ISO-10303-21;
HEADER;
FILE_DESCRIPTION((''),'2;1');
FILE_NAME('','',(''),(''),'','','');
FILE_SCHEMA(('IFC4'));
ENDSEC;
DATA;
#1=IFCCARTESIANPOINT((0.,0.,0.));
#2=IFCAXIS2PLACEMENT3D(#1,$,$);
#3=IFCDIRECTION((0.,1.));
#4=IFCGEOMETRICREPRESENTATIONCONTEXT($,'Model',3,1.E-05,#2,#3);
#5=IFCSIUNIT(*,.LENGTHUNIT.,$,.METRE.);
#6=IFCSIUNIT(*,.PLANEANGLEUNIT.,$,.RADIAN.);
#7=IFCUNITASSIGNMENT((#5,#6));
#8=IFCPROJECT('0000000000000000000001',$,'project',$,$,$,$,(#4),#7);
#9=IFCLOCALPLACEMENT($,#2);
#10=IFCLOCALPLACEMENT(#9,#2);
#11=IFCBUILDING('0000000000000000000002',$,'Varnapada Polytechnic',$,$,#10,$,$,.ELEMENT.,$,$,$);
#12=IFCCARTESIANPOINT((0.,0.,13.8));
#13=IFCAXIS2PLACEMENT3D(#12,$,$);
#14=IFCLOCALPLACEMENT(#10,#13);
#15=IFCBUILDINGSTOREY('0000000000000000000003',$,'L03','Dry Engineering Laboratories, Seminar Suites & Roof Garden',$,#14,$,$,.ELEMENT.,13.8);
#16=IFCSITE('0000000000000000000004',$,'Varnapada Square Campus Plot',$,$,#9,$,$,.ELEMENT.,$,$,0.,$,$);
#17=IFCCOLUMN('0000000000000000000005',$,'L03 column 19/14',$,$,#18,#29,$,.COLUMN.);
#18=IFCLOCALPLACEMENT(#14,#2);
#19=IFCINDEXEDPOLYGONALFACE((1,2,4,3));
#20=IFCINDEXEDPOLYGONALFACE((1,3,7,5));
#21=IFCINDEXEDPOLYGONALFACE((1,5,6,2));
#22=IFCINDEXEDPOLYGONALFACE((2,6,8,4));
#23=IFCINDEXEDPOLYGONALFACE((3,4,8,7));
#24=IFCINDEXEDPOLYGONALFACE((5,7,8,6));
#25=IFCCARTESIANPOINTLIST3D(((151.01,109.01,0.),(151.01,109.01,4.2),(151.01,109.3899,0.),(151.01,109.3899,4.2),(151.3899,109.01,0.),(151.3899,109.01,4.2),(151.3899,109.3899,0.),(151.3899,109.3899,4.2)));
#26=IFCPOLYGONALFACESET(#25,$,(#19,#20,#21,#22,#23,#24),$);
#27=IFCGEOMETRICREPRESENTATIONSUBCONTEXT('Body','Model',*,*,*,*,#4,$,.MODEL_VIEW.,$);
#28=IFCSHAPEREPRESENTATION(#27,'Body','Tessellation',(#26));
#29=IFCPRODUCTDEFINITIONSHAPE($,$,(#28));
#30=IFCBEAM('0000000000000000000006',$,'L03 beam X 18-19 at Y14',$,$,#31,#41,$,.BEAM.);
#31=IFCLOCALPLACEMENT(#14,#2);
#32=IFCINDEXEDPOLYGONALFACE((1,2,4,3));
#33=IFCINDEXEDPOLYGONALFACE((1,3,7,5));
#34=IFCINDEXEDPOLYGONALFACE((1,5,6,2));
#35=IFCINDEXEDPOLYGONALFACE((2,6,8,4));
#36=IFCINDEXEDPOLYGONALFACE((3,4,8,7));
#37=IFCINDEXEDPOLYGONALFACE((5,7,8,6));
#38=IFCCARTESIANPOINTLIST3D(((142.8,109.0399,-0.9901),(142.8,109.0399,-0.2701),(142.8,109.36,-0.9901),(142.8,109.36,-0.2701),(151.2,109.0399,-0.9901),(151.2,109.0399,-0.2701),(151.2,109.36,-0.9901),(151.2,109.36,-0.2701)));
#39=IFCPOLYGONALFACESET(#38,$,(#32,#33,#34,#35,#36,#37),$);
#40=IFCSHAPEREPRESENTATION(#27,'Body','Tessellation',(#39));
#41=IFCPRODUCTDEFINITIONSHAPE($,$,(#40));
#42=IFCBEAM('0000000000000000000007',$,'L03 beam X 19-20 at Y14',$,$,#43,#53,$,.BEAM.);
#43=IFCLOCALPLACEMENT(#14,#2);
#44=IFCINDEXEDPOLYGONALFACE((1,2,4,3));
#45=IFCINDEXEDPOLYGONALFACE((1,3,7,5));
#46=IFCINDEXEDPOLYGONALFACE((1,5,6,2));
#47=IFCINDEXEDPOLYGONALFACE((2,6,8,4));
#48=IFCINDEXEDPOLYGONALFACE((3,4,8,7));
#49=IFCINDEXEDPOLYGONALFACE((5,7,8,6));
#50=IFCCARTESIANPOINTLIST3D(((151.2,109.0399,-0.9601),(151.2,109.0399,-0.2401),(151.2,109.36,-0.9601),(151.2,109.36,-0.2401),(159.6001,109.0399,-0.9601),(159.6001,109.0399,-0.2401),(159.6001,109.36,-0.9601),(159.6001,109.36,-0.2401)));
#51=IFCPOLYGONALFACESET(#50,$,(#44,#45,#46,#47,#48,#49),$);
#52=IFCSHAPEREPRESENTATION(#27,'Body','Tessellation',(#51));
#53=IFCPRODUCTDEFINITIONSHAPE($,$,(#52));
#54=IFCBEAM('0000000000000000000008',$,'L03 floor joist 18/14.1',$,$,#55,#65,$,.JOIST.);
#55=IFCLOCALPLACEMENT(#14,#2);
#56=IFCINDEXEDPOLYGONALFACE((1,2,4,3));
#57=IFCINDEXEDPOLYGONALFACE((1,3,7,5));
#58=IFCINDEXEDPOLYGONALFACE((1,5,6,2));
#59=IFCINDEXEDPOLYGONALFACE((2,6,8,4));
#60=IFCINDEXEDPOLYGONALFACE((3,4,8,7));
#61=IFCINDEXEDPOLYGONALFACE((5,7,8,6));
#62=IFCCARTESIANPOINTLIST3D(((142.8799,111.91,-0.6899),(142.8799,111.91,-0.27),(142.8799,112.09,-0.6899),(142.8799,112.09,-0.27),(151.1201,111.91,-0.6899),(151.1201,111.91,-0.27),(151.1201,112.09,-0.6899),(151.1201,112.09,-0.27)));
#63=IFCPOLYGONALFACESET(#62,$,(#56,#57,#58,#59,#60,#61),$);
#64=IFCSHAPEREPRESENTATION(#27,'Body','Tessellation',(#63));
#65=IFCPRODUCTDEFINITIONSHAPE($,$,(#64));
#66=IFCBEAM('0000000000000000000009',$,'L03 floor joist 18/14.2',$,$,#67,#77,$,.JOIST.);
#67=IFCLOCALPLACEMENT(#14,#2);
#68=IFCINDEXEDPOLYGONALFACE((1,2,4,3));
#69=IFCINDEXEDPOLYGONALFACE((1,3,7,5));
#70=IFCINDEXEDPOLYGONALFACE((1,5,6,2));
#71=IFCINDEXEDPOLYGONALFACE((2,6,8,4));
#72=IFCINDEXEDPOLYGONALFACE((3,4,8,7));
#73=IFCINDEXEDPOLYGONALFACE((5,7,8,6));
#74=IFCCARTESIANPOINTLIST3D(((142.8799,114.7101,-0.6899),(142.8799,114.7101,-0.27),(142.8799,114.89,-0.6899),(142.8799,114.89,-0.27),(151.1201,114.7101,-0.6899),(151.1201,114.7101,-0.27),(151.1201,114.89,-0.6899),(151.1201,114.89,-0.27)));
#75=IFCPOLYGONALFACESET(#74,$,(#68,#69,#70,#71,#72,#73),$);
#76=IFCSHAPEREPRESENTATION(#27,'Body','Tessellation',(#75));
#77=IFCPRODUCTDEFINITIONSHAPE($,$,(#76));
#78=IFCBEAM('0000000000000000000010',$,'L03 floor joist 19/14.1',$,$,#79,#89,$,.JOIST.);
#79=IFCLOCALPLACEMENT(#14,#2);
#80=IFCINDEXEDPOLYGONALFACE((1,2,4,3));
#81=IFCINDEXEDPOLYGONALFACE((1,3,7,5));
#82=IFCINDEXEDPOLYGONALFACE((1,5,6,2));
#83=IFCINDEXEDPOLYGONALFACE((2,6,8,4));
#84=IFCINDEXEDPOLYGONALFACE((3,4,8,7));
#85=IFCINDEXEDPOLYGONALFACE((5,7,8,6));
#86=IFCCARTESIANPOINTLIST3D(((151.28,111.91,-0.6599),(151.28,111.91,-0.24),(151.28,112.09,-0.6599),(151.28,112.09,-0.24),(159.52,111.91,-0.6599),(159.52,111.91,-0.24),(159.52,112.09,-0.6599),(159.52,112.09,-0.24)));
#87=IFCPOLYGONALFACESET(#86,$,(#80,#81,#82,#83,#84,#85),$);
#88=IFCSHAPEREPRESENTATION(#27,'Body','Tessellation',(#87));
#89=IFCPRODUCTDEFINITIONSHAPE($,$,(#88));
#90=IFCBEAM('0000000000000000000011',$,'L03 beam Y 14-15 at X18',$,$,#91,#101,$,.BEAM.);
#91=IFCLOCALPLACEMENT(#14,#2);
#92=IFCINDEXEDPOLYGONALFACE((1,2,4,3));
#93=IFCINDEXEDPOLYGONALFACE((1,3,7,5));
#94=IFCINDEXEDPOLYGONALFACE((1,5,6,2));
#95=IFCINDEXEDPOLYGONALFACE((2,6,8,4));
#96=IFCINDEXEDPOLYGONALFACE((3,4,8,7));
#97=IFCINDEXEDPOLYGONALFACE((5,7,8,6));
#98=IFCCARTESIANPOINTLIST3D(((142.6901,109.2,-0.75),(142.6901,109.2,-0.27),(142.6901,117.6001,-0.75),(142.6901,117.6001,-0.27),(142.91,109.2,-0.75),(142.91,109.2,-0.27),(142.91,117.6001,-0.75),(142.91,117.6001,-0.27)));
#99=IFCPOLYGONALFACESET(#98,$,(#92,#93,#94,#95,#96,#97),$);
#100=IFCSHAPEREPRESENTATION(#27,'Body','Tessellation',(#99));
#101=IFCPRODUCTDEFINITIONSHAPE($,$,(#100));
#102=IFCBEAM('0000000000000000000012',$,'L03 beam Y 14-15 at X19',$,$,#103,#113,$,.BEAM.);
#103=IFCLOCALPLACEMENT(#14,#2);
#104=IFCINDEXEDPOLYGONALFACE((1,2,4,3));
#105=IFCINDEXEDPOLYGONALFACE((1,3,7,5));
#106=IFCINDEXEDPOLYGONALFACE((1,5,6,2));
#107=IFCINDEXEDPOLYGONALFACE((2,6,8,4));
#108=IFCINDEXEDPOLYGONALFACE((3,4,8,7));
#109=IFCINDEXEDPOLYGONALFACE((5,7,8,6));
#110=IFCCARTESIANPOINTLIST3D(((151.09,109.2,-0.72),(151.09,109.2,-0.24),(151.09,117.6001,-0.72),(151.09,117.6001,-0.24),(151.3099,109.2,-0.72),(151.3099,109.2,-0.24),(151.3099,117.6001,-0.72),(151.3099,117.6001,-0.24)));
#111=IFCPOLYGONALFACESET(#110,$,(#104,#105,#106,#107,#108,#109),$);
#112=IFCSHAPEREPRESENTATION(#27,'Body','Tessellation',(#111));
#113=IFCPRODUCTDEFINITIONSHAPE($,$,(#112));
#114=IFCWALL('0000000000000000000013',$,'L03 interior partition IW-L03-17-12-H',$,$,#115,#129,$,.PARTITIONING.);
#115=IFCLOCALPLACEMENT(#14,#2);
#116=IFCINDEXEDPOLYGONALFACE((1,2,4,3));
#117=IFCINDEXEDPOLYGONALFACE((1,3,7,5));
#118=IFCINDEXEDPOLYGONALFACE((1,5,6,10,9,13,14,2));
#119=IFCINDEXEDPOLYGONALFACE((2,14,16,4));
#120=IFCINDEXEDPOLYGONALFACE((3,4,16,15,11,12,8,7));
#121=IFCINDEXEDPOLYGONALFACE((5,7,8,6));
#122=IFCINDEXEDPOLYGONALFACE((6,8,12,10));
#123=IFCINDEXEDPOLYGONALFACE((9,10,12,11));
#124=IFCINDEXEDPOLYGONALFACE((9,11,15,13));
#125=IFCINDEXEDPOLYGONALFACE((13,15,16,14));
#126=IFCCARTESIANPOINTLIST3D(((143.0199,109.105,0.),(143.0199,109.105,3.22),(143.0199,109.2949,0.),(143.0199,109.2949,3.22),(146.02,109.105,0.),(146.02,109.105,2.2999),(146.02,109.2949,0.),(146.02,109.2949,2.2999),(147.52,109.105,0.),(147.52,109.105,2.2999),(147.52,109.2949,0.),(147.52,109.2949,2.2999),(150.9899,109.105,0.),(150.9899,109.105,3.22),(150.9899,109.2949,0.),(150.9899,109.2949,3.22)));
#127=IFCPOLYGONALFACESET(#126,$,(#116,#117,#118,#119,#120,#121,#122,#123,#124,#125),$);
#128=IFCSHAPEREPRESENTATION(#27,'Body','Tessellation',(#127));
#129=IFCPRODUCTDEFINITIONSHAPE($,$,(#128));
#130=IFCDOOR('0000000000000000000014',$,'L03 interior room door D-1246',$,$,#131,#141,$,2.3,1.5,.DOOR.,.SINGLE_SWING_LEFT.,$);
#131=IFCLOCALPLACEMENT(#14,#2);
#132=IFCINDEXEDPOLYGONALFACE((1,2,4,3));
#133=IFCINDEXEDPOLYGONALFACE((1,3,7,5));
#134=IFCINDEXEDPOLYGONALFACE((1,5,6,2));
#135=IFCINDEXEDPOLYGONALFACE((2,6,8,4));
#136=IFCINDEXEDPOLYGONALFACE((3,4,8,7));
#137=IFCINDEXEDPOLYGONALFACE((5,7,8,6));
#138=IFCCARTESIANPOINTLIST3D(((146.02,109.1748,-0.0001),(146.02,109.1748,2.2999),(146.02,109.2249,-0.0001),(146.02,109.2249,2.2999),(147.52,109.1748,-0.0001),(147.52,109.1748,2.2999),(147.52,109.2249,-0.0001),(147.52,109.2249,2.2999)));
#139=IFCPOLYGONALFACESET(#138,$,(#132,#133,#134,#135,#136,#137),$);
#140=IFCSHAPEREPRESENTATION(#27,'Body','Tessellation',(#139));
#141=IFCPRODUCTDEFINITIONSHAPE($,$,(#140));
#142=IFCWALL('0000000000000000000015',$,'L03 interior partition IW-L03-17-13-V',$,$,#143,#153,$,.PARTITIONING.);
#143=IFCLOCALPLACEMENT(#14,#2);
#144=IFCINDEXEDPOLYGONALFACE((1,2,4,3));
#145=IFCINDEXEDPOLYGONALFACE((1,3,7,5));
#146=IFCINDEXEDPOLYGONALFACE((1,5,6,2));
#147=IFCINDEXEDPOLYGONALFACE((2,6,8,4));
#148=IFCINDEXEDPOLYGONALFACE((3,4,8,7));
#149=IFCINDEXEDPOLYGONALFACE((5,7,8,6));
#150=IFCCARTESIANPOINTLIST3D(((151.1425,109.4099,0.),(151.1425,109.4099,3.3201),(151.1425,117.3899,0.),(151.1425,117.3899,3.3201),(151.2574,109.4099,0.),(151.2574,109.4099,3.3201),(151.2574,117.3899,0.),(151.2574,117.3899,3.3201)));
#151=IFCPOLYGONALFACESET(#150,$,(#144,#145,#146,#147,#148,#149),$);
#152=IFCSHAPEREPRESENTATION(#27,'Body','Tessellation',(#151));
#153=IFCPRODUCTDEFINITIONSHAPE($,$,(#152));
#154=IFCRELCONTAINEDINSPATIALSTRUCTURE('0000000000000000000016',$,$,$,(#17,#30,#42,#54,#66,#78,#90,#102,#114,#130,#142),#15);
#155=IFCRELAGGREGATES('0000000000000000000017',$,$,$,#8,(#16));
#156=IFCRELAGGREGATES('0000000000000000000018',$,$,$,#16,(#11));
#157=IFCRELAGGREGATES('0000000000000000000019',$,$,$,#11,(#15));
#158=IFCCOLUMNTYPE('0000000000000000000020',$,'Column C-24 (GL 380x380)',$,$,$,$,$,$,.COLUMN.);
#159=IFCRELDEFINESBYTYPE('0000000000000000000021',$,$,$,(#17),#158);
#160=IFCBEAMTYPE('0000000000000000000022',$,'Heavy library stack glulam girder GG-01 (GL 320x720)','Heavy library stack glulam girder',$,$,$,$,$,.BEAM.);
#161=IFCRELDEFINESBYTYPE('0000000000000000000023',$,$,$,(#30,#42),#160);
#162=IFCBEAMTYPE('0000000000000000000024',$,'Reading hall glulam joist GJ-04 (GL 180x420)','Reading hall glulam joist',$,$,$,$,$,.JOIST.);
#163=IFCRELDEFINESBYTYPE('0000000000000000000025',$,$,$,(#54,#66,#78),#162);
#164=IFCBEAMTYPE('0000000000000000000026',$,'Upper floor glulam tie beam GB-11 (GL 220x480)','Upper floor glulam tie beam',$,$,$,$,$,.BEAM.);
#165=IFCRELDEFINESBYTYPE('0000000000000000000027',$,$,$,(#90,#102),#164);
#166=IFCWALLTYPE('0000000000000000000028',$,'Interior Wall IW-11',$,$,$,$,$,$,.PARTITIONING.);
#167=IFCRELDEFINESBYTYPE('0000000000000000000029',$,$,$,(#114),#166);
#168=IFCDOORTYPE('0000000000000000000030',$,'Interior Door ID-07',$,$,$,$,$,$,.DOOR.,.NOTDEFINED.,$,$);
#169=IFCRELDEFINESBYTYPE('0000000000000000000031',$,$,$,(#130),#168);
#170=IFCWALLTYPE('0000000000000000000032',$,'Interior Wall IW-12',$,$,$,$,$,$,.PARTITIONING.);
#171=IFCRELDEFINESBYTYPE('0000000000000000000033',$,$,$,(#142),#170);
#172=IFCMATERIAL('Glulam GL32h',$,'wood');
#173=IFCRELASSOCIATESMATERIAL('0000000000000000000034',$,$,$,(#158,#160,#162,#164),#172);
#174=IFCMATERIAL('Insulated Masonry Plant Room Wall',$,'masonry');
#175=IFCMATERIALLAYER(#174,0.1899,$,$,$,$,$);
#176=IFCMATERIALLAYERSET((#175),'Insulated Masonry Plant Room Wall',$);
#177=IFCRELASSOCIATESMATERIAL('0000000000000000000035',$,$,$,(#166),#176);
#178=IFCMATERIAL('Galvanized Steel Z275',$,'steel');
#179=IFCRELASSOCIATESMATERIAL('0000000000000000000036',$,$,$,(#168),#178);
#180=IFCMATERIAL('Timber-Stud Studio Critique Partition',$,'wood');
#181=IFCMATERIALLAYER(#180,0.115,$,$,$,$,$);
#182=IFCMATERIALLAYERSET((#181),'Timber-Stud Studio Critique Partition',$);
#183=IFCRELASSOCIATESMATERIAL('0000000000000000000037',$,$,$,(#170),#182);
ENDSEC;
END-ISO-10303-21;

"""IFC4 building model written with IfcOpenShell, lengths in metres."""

from ifc_helpers import new_model, si_unit, direction, frame, frame_2d, origin, origin_2d, place, context, subcontext, project, spatial, rectangle, extrude, material, layer, layer_set, material_profile, profile_set, type_object, element, fill, save


model = new_model("IFC4")

# Units and contexts
model_context = context("Model", 3, precision=1e-05, world=origin(), true_north=direction((0.0, 1.0)))
body_context = subcontext(model_context, "Body", "Model", "MODEL_VIEW")
ifc_project = project(units=[si_unit("LENGTHUNIT", "METRE"), si_unit("PLANEANGLEUNIT", "RADIAN")], contexts=[model_context])

# Site, building, storey
site_placement = place(None, origin())
site = spatial("IfcSite", under=ifc_project, at=site_placement, Name="Varnapada Square Campus Plot", CompositionType="ELEMENT", RefElevation=0.0)
building_placement = place(site_placement, origin())
building = spatial("IfcBuilding", under=site, at=building_placement, Name="Varnapada Polytechnic", CompositionType="ELEMENT")
storey_placement = place(building_placement, frame((0.0, 0.0, 13.8)))
storey = spatial("IfcBuildingStorey", under=building, at=storey_placement, Name="L03", Description="Dry Engineering Laboratories, Seminar Suites & Roof Garden", CompositionType="ELEMENT", Elevation=13.8)

# Column
ifc_material_1 = material(Name="Glulam GL32h", Category="wood")
ifc_material_profile_1 = material_profile(ifc_material_1, rectangle(XDim=0.3799, YDim=0.3799, at=origin_2d()), Name="GL 380x380")
ifc_profile_set_1 = profile_set([ifc_material_profile_1], Name="Glulam GL32h")
column_type = type_object("IfcColumnType", Name="Column C-24 (GL 380x380)", PredefinedType="COLUMN", material=ifc_profile_set_1)
column_placement = place(storey_placement, frame((151.2, 109.2, 0.0), z_axis=(0.0, 0.0, 1.0), x_axis=(1.0, 0.0, 0.0)))
element("IfcColumn", 1, at=column_placement, inside=storey, type_object=column_type, Name="L03 column 19/14", PredefinedType="COLUMN", context=body_context, shape_type="SweptSolid", body=[
    extrude(rectangle(XDim=0.3799, YDim=0.3799, at=origin_2d()), origin(), (0.0, 0.0, 1.0), 4.2),
])

# Beams
ifc_material_profile_2 = material_profile(ifc_material_1, rectangle(XDim=0.3201, YDim=0.72, at=origin_2d()), Name="GL 320x720")
ifc_profile_set_2 = profile_set([ifc_material_profile_2], Name="Glulam GL32h")
beam_type_1 = type_object("IfcBeamType", Name="Heavy library stack glulam girder GG-01 (GL 320x720)", Description="Heavy library stack glulam girder", PredefinedType="BEAM", material=ifc_profile_set_2)
beam_1_placement = place(storey_placement, frame((142.8, 109.2, -0.6301), z_axis=(1.0, 0.0, 0.0), x_axis=(0.0, 1.0, 0.0)))
element("IfcBeam", 2, at=beam_1_placement, inside=storey, type_object=beam_type_1, Name="L03 beam X 18-19 at Y14", PredefinedType="BEAM", context=body_context, shape_type="SweptSolid", body=[
    extrude(rectangle(XDim=0.3201, YDim=0.72, at=origin_2d()), origin(), (0.0, 0.0, 1.0), 8.3999),
])
beam_2_placement = place(storey_placement, frame((151.2, 109.2, -0.6001), z_axis=(1.0, 0.0, 0.0), x_axis=(0.0, 1.0, 0.0)))
element("IfcBeam", 3, at=beam_2_placement, inside=storey, type_object=beam_type_1, Name="L03 beam X 19-20 at Y14", PredefinedType="BEAM", context=body_context, shape_type="SweptSolid", body=[
    extrude(rectangle(XDim=0.3201, YDim=0.72, at=origin_2d()), origin(), (0.0, 0.0, 1.0), 8.4001),
])
ifc_material_profile_3 = material_profile(ifc_material_1, rectangle(XDim=0.1799, YDim=0.4199, at=origin_2d()), Name="GL 180x420")
ifc_profile_set_3 = profile_set([ifc_material_profile_3], Name="Glulam GL32h")
beam_type_2 = type_object("IfcBeamType", Name="Reading hall glulam joist GJ-04 (GL 180x420)", Description="Reading hall glulam joist", PredefinedType="JOIST", material=ifc_profile_set_3)
for number, where, z_axis, x_axis, name in (
    (4, (142.8799, 112.0, -0.48), (1.0, 0.0, 0.0), (0.0, 1.0, 0.0), "L03 floor joist 18/14.1"),
    (5, (142.8799, 114.8, -0.48), (1.0, 0.0, 0.0), (0.0, 1.0, 0.0), "L03 floor joist 18/14.2"),
):
    element("IfcBeam", number, at=place(storey_placement, frame(where, z_axis=z_axis, x_axis=x_axis)), inside=storey, type_object=beam_type_2, Name=name, PredefinedType="JOIST", context=body_context, shape_type="SweptSolid", body=[
        extrude(rectangle(XDim=0.1799, YDim=0.4199, at=origin_2d()), origin(), (0.0, 0.0, 1.0), 8.2402),
    ])
beam_3_placement = place(storey_placement, frame((151.28, 112.0, -0.45), z_axis=(1.0, 0.0, 0.0), x_axis=(0.0, 1.0, 0.0)))
element("IfcBeam", 6, at=beam_3_placement, inside=storey, type_object=beam_type_2, Name="L03 floor joist 19/14.1", PredefinedType="JOIST", context=body_context, shape_type="SweptSolid", body=[
    extrude(rectangle(XDim=0.1799, YDim=0.4199, at=origin_2d()), origin(), (0.0, 0.0, 1.0), 8.24),
])
ifc_material_profile_4 = material_profile(ifc_material_1, rectangle(XDim=0.22, YDim=0.48, at=origin_2d()), Name="GL 220x480")
ifc_profile_set_4 = profile_set([ifc_material_profile_4], Name="Glulam GL32h")
beam_type_3 = type_object("IfcBeamType", Name="Upper floor glulam tie beam GB-11 (GL 220x480)", Description="Upper floor glulam tie beam", PredefinedType="BEAM", material=ifc_profile_set_4)
for number, where, z_axis, x_axis, name in (
    (7, (142.8, 109.2, -0.51), (0.0, 1.0, 0.0), (-1.0, 0.0, 0.0), "L03 beam Y 14-15 at X18"),
    (8, (151.2, 109.2, -0.48), (0.0, 1.0, 0.0), (-1.0, 0.0, 0.0), "L03 beam Y 14-15 at X19"),
):
    element("IfcBeam", number, at=place(storey_placement, frame(where, z_axis=z_axis, x_axis=x_axis)), inside=storey, type_object=beam_type_3, Name=name, PredefinedType="BEAM", context=body_context, shape_type="SweptSolid", body=[
        extrude(rectangle(XDim=0.22, YDim=0.48, at=origin_2d()), origin(), (0.0, 0.0, 1.0), 8.4001),
    ])

# Wall, opening, door
ifc_material_2 = material(Name="Insulated Masonry Plant Room Wall", Category="masonry")
ifc_layer_1 = layer(ifc_material_2, 0.1899)
ifc_layer_set_1 = layer_set([ifc_layer_1], Name="Insulated Masonry Plant Room Wall")
wall_type_1 = type_object("IfcWallType", Name="Interior Wall IW-11", PredefinedType="PARTITIONING", material=ifc_layer_set_1)
wall_1_placement = place(storey_placement, frame((143.02, 109.2, 0.0), z_axis=(0.0, 0.0, 1.0), x_axis=(1.0, 0.0, 0.0)))
wall_1 = element("IfcWall", 9, at=wall_1_placement, inside=storey, type_object=wall_type_1, Name="L03 interior partition IW-L03-17-12-H", PredefinedType="PARTITIONING", context=body_context, shape_type="SweptSolid", body=[
    extrude(rectangle(XDim=7.97, YDim=0.1899, at=frame_2d((3.9849, 0.0))), origin(), (0.0, 0.0, 1.0), 3.22),
])
opening_1_placement = place(wall_1_placement, frame((3.0, 0.0, 0.0)))
opening_1 = element("IfcOpeningElement", 10, at=opening_1_placement, cuts=wall_1, PredefinedType="OPENING", context=body_context, shape_type="SweptSolid", body=[
    extrude(rectangle(XDim=1.5, YDim=2.3, at=frame_2d((0.75, 1.1499))), frame((0.0, 0.105, 0.0), z_axis=(0.0, -1.0, 0.0), x_axis=(1.0, 0.0, 0.0)), (0.0, 0.0, 1.0), 0.21),
])
ifc_material_3 = material(Name="Galvanized Steel Z275", Category="steel")
door_type = type_object("IfcDoorType", Name="Interior Door ID-07", OperationType="NOTDEFINED", PredefinedType="DOOR", material=ifc_material_3)
door_placement = place(opening_1_placement, origin())
door = element("IfcDoor", 11, at=door_placement, inside=storey, type_object=door_type, Name="L03 interior room door D-1246", OperationType="SINGLE_SWING_LEFT", OverallHeight=2.3, OverallWidth=1.5, PredefinedType="DOOR", context=body_context, shape_type="SweptSolid", body=[
    extrude(rectangle(XDim=1.5, YDim=2.3, at=frame_2d((0.75, 1.1499))), frame((0.0, 0.0249, 0.0), z_axis=(0.0, -1.0, 0.0), x_axis=(1.0, 0.0, 0.0)), (0.0, 0.0, 1.0), 0.05),
])
fill(opening_1, door)

# Wall
ifc_material_4 = material(Name="Timber-Stud Studio Critique Partition", Category="wood")
ifc_layer_2 = layer(ifc_material_4, 0.115)
ifc_layer_set_2 = layer_set([ifc_layer_2], Name="Timber-Stud Studio Critique Partition")
wall_type_2 = type_object("IfcWallType", Name="Interior Wall IW-12", PredefinedType="PARTITIONING", material=ifc_layer_set_2)
wall_2_placement = place(storey_placement, frame((151.2, 109.4099, 0.0), z_axis=(0.0, 0.0, 1.0), x_axis=(0.0, 1.0, 0.0)))
element("IfcWall", 12, at=wall_2_placement, inside=storey, type_object=wall_type_2, Name="L03 interior partition IW-L03-17-13-V", PredefinedType="PARTITIONING", context=body_context, shape_type="SweptSolid", body=[
    extrude(rectangle(XDim=7.98, YDim=0.115, at=frame_2d((3.99, 0.0))), origin(), (0.0, 0.0, 1.0), 3.3201),
])

save(model, "model.ifc")
